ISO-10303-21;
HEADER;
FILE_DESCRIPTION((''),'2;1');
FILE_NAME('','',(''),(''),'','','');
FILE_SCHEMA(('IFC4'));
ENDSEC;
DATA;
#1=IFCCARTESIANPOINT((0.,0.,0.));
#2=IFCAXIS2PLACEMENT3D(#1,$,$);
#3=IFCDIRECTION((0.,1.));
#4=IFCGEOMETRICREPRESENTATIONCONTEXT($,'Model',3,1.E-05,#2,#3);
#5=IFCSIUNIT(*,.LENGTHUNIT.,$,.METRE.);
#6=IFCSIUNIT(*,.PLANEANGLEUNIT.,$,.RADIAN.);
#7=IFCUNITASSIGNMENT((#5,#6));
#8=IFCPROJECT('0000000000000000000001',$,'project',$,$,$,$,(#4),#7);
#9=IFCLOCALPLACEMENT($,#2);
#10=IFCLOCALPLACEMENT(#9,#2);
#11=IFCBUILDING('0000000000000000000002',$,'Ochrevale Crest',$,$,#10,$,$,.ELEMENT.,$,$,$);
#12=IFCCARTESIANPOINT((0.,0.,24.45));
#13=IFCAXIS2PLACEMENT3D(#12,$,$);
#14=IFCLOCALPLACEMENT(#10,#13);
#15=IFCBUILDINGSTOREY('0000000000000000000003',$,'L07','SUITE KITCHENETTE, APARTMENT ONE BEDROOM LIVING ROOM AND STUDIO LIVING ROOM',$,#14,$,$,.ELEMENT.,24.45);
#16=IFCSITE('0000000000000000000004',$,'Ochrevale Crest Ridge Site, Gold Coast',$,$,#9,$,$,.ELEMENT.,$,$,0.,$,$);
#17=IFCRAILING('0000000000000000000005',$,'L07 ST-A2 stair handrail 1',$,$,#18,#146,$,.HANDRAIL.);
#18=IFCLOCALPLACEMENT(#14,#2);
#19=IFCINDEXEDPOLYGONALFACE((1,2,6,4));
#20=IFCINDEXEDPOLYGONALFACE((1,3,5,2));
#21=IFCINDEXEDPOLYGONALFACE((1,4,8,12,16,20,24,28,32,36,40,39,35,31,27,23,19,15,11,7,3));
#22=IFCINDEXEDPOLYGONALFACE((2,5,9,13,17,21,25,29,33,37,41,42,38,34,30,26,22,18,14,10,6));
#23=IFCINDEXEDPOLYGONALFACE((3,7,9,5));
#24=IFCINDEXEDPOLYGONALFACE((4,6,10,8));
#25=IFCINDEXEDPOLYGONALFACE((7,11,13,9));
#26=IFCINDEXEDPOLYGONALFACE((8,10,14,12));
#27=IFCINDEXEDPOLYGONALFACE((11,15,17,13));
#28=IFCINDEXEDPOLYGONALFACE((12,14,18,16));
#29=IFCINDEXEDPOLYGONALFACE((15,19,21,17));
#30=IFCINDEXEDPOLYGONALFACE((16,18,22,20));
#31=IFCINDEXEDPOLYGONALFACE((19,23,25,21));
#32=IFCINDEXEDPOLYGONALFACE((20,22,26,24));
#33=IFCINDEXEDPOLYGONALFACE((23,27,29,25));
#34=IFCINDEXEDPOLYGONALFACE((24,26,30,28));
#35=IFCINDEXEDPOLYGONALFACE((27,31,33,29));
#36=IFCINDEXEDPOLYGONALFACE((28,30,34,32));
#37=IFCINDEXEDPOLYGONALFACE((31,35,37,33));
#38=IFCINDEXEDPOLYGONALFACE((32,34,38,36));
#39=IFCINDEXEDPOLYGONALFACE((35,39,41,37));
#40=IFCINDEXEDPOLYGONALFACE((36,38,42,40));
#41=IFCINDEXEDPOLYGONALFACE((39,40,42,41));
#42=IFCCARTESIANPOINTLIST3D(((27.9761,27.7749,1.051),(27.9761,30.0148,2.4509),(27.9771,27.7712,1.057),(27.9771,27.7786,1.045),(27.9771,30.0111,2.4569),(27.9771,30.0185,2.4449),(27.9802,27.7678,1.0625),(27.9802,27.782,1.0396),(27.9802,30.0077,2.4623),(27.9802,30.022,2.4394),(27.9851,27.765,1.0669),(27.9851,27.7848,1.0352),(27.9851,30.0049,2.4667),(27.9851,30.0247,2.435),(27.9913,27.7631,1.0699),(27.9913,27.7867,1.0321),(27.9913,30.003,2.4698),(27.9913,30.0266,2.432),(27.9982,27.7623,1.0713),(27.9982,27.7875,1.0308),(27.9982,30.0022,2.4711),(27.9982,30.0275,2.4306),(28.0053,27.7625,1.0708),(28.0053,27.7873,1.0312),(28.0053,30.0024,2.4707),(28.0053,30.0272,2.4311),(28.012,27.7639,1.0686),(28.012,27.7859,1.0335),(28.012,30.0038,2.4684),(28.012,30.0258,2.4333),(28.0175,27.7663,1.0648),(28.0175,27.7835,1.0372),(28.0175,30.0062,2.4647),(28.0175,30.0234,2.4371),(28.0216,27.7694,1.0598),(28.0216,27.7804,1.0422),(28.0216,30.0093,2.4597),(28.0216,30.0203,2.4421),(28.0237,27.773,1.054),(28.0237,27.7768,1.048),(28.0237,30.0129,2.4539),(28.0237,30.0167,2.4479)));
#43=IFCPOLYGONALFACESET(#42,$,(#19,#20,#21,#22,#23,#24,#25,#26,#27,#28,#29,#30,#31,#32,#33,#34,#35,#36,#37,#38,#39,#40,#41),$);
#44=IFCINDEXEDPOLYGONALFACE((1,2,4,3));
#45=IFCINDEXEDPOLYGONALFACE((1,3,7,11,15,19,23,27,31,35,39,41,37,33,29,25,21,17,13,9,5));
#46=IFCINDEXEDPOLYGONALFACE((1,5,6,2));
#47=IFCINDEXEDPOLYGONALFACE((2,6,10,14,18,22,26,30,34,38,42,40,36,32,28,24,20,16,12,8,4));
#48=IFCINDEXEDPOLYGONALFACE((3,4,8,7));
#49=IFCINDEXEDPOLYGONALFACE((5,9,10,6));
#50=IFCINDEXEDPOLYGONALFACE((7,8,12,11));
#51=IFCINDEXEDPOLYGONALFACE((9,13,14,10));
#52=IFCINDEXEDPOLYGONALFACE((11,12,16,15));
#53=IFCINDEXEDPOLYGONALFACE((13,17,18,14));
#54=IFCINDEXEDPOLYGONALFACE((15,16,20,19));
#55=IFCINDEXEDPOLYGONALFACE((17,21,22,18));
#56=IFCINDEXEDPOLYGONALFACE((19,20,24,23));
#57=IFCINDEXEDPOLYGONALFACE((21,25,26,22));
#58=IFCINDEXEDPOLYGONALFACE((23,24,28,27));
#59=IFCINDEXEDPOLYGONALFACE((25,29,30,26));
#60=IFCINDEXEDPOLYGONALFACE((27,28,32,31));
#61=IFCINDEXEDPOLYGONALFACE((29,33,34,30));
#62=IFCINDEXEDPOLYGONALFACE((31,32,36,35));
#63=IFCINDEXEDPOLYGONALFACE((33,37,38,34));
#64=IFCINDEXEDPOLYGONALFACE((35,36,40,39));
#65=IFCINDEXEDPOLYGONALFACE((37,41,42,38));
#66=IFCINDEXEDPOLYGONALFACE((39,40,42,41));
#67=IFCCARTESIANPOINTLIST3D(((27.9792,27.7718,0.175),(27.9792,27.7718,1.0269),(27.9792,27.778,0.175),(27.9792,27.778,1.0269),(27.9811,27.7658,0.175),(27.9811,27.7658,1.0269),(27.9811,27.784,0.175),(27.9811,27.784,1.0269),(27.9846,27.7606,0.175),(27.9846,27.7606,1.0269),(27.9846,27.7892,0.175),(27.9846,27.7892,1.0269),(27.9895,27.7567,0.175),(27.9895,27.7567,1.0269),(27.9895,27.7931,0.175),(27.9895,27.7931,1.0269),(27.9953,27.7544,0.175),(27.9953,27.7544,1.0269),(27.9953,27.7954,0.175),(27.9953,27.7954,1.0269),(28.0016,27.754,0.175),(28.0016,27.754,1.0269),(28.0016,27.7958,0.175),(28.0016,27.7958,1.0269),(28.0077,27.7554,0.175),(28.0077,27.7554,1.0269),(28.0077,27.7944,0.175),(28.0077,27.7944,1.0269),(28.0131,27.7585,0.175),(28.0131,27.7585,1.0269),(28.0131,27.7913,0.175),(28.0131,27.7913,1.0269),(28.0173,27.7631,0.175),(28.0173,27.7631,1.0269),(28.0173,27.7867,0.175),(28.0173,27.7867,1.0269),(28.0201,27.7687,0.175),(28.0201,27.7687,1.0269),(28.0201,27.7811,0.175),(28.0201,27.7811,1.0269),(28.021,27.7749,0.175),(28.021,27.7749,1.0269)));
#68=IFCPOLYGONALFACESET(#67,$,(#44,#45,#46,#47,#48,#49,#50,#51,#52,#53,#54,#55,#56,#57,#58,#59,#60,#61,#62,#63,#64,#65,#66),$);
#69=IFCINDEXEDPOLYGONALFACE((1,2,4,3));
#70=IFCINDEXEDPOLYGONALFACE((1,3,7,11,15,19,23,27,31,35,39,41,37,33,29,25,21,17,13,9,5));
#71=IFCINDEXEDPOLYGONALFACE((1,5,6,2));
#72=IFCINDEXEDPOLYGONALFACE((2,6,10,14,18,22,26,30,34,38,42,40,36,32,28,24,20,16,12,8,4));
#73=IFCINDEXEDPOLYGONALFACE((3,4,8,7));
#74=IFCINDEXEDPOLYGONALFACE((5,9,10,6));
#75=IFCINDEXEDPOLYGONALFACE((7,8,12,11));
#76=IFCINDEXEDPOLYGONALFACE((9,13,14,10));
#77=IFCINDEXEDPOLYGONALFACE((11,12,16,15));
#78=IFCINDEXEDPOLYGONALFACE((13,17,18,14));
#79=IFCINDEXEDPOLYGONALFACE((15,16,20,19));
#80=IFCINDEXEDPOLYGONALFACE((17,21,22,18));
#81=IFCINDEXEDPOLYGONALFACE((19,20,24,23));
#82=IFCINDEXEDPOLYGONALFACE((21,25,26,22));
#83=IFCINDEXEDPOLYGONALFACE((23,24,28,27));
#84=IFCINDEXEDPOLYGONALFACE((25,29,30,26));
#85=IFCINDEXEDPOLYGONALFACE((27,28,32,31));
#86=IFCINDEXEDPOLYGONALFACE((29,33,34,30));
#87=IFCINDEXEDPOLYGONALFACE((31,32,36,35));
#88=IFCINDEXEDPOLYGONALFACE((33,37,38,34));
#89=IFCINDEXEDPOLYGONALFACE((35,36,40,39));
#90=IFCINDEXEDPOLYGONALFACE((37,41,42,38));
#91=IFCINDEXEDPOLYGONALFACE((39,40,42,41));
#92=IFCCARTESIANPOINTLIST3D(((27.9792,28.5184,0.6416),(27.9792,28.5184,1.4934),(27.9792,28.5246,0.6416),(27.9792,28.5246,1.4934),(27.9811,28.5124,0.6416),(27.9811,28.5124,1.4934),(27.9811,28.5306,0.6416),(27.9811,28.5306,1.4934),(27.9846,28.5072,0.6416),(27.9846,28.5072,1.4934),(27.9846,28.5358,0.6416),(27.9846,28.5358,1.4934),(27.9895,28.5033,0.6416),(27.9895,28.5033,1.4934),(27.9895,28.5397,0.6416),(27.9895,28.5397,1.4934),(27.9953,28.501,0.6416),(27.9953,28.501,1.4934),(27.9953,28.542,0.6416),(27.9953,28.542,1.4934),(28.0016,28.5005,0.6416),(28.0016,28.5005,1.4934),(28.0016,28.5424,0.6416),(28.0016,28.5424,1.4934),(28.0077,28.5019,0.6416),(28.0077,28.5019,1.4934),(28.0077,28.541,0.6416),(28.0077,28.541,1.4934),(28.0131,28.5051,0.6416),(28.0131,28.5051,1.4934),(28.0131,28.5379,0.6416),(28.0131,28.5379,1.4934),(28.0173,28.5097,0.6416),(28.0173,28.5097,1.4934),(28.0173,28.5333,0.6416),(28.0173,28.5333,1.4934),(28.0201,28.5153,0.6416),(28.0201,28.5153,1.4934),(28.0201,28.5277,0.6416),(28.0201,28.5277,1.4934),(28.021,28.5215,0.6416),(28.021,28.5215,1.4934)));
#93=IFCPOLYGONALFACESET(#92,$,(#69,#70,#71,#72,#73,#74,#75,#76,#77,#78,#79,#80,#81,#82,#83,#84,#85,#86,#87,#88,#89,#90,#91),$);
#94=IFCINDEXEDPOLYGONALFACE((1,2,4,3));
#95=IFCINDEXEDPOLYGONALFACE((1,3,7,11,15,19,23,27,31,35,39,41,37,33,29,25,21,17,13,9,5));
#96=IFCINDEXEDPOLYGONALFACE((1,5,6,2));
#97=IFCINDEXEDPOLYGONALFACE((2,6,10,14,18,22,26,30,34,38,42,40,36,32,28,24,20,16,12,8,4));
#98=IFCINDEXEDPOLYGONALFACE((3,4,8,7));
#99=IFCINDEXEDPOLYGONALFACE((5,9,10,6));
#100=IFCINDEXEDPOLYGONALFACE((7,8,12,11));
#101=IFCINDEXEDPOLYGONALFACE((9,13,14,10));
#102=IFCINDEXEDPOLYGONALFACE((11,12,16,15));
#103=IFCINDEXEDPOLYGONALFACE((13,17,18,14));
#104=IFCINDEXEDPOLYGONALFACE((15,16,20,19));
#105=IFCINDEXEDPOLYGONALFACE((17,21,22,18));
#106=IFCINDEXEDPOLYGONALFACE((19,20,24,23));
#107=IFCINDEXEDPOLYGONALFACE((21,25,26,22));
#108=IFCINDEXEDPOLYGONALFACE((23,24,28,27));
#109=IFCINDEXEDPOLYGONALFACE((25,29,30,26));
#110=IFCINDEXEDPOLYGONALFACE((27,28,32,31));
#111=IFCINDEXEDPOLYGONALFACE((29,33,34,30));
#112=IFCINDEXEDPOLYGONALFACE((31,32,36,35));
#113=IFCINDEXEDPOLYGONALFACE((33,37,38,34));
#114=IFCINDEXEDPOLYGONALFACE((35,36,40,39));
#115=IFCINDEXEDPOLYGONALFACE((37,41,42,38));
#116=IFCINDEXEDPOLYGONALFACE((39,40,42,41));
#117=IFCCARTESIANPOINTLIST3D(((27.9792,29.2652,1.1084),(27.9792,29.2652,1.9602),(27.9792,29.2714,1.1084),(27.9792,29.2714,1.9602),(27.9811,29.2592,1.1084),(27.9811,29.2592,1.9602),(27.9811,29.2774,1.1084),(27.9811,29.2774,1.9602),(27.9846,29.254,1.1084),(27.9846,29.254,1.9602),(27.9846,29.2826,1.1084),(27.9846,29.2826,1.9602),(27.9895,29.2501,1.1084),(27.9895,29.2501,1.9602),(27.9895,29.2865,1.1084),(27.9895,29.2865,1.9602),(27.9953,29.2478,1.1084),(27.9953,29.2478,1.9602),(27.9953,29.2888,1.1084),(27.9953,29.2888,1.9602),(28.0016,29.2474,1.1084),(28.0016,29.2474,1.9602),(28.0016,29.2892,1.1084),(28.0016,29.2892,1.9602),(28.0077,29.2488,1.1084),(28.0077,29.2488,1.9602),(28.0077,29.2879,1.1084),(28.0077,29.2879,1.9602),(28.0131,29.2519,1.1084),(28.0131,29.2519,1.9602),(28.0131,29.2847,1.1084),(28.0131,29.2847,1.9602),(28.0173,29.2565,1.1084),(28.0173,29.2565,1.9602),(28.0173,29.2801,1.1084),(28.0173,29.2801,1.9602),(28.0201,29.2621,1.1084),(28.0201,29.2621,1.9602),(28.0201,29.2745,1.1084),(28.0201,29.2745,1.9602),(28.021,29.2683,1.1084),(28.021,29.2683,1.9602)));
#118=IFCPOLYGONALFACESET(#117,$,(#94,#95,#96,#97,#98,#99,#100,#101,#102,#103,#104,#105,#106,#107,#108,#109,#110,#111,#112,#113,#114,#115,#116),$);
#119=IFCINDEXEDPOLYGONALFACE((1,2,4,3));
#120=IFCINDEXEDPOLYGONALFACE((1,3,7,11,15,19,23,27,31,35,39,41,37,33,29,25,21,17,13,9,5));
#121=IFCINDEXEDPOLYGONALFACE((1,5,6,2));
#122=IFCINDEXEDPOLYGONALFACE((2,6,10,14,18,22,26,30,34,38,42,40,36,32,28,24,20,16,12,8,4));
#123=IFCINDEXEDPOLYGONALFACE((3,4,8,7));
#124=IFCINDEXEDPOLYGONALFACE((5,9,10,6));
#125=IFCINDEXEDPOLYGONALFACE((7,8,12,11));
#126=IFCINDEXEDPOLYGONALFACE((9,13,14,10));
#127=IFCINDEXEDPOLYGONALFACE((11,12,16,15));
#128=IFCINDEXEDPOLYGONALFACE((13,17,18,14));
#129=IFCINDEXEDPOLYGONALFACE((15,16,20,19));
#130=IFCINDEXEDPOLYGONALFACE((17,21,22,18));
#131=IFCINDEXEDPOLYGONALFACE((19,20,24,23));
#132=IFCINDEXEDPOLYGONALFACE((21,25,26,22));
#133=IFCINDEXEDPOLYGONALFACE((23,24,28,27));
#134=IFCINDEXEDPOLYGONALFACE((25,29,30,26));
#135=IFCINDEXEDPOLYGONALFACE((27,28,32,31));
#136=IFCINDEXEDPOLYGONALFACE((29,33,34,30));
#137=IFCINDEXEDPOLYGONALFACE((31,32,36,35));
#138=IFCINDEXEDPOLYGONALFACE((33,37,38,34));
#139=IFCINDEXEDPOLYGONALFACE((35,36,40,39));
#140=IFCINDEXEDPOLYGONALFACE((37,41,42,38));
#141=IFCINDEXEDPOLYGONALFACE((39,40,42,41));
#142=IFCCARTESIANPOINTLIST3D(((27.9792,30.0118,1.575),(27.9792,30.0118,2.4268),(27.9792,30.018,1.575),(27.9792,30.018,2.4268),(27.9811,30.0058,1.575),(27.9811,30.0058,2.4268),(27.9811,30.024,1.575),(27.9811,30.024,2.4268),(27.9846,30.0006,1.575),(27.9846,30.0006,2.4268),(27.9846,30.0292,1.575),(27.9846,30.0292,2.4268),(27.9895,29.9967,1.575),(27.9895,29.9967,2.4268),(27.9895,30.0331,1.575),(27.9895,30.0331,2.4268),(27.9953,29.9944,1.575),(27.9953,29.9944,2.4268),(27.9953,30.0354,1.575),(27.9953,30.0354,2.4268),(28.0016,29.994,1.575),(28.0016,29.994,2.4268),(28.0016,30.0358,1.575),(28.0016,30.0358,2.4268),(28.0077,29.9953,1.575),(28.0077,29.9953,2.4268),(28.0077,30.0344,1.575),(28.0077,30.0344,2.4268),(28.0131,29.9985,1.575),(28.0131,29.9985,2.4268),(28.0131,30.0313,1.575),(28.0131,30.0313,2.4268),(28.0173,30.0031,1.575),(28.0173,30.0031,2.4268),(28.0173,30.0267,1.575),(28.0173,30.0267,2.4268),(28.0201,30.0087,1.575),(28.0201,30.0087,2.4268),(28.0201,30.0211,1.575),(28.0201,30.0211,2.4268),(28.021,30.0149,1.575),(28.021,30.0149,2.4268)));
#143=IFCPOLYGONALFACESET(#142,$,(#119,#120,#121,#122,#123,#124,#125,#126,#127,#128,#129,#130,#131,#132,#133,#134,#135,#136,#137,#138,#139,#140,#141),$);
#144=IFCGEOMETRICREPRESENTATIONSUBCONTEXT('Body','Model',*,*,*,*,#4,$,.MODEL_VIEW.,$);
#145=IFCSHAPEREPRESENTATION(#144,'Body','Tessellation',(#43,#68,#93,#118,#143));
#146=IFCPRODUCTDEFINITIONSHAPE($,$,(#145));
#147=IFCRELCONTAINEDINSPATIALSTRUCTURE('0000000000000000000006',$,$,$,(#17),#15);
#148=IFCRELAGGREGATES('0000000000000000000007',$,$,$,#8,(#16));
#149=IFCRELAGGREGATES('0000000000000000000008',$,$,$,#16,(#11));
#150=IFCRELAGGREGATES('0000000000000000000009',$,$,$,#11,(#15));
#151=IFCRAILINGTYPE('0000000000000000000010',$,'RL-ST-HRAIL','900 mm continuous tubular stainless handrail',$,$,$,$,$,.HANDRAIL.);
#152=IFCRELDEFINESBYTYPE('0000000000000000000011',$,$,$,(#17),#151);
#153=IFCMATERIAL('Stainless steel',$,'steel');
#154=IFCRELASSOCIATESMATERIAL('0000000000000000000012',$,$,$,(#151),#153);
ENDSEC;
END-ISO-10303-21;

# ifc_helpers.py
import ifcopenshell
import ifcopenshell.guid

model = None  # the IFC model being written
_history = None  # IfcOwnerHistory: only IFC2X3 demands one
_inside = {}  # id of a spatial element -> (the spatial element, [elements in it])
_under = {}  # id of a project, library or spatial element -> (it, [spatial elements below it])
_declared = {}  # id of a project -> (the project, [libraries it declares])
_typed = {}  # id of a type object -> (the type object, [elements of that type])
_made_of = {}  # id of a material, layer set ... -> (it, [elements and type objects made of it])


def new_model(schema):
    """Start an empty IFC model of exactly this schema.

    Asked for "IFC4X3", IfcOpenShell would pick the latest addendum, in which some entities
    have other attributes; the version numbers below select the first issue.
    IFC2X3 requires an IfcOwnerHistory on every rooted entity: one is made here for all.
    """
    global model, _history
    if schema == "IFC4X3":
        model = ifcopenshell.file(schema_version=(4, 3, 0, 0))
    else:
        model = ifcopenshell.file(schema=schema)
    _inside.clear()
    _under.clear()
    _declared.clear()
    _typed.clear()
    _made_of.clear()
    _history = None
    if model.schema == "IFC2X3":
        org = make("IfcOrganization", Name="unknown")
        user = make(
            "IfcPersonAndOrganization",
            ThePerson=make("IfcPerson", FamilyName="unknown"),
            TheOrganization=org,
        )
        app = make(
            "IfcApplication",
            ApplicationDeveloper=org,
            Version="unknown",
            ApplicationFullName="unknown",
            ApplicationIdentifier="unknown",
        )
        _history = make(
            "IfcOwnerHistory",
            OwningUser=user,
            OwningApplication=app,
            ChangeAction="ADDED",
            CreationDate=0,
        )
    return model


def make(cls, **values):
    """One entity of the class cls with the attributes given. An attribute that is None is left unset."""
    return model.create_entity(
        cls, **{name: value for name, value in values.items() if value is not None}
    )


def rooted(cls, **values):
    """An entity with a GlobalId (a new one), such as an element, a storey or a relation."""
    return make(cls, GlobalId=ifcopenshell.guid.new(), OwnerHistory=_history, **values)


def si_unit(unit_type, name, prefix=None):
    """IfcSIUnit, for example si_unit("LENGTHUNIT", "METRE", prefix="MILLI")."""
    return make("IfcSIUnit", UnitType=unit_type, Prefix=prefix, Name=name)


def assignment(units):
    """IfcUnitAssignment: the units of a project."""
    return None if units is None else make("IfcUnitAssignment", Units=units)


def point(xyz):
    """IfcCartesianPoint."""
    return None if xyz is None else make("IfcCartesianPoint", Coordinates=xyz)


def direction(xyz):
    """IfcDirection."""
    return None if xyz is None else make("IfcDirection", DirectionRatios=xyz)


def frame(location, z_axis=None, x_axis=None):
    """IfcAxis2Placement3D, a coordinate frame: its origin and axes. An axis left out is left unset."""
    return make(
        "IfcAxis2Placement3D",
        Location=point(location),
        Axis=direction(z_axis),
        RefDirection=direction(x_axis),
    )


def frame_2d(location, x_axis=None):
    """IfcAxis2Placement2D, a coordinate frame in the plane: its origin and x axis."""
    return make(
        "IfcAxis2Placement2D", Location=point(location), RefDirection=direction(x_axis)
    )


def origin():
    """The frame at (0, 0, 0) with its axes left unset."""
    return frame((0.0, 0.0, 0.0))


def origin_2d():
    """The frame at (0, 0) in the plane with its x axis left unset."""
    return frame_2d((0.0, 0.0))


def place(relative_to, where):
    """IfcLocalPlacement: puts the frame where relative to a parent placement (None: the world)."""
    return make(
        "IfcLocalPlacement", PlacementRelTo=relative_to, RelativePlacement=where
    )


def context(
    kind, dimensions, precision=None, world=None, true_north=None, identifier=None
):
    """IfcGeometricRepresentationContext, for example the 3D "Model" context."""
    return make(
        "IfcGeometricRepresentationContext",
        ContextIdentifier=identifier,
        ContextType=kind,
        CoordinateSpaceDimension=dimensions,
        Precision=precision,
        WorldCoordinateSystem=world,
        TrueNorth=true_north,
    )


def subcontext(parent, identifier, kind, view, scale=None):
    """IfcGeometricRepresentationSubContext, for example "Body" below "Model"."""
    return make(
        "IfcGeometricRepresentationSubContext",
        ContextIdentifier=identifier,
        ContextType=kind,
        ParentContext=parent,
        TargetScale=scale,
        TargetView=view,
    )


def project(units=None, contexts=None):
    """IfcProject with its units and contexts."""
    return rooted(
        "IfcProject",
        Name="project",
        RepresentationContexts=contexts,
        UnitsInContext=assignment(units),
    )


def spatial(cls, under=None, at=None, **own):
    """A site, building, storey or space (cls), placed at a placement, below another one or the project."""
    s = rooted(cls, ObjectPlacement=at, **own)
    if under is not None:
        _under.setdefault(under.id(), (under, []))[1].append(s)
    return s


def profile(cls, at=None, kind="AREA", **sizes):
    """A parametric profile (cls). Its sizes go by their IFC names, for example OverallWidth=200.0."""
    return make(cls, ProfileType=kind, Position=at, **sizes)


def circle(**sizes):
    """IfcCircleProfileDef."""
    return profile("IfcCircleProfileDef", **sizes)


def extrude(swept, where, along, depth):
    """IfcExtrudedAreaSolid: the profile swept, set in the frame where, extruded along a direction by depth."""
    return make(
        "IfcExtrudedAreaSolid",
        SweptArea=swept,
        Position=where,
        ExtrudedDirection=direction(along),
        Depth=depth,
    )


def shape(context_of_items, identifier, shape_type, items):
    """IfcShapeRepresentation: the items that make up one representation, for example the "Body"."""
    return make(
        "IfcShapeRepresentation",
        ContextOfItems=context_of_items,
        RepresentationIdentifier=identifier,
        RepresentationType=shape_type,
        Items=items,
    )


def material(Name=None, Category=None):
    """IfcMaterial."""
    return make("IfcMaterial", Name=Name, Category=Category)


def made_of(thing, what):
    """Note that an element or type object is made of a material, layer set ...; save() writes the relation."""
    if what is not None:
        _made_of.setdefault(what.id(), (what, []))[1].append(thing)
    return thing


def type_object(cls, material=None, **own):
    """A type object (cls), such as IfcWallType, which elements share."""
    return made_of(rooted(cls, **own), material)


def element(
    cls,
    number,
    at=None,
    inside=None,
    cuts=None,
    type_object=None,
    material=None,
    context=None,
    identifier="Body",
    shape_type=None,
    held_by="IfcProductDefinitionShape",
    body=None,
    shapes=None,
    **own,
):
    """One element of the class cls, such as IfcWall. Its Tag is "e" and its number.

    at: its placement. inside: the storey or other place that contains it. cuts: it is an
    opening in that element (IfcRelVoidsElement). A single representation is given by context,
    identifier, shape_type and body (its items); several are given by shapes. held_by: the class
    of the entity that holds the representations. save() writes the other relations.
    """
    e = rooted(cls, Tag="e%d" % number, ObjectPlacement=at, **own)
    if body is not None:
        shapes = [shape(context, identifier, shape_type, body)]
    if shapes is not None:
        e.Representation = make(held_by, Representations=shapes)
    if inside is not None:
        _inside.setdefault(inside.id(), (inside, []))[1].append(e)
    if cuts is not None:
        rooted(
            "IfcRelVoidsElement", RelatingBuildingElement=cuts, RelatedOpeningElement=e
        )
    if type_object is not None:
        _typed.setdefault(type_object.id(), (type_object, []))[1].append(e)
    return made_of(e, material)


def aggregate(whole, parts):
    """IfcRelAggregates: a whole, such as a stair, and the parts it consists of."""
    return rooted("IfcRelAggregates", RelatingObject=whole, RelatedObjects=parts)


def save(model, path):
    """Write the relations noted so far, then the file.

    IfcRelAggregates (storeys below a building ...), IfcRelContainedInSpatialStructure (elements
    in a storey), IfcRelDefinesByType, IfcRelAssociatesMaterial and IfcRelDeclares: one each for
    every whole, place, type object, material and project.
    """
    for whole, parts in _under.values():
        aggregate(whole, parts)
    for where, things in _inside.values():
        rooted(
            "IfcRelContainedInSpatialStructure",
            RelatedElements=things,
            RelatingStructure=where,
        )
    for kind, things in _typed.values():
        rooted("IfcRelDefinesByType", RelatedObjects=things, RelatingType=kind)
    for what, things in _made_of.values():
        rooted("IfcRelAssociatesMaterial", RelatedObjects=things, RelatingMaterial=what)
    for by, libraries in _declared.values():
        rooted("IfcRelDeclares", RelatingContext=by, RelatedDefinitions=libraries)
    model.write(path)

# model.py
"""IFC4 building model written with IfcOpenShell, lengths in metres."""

from ifc_helpers import new_model, si_unit, direction, frame, origin, origin_2d, place, context, subcontext, project, spatial, circle, extrude, material, type_object, element, save


model = new_model("IFC4")

# Units and contexts
model_context = context("Model", 3, precision=1e-05, world=origin(), true_north=direction((0.0, 1.0)))
body_context = subcontext(model_context, "Body", "Model", "MODEL_VIEW")
ifc_project = project(units=[si_unit("LENGTHUNIT", "METRE"), si_unit("PLANEANGLEUNIT", "RADIAN")], contexts=[model_context])

# Site, building, storey
site_placement = place(None, origin())
site = spatial("IfcSite", under=ifc_project, at=site_placement, Name="Ochrevale Crest Ridge Site, Gold Coast", CompositionType="ELEMENT", RefElevation=0.0)
building_placement = place(site_placement, origin())
building = spatial("IfcBuilding", under=site, at=building_placement, Name="Ochrevale Crest", CompositionType="ELEMENT")
storey_placement = place(building_placement, frame((0.0, 0.0, 24.45)))
storey = spatial("IfcBuildingStorey", under=building, at=storey_placement, Name="L07", Description="SUITE KITCHENETTE, APARTMENT ONE BEDROOM LIVING ROOM AND STUDIO LIVING ROOM", CompositionType="ELEMENT", Elevation=24.45)

# Railing
ifc_material_1 = material(Name="Stainless steel", Category="steel")
railing_type = type_object("IfcRailingType", Name="RL-ST-HRAIL", Description="900 mm continuous tubular stainless handrail", PredefinedType="HANDRAIL", material=ifc_material_1)
railing_placement = place(storey_placement, frame((28.0, 27.7749, 0.175)))
element("IfcRailing", 1, at=railing_placement, inside=storey, type_object=railing_type, Name="L07 ST-A2 stair handrail 1", PredefinedType="HANDRAIL", context=body_context, shape_type="SweptSolid", body=[
    extrude(circle(Radius=0.0239, at=origin_2d()), frame((0.0, 0.0, 0.876), z_axis=(0.0, 0.848014, 0.529974), x_axis=(-1.0, 0.0, 0.0)), (0.0, 0.0, 1.0), 2.6414),
    extrude(circle(Radius=0.021, at=origin_2d()), origin(), (0.0, 0.0, 1.0), 0.8518),
    extrude(circle(Radius=0.021, at=origin_2d()), frame((0.0, 0.7466, 0.4666)), (0.0, 0.0, 1.0), 0.8518),
    extrude(circle(Radius=0.021, at=origin_2d()), frame((0.0, 1.4934, 0.9333)), (0.0, 0.0, 1.0), 0.8518),
    extrude(circle(Radius=0.021, at=origin_2d()), frame((0.0, 2.24, 1.3999)), (0.0, 0.0, 1.0), 0.8518),
])

save(model, "model.ifc")
